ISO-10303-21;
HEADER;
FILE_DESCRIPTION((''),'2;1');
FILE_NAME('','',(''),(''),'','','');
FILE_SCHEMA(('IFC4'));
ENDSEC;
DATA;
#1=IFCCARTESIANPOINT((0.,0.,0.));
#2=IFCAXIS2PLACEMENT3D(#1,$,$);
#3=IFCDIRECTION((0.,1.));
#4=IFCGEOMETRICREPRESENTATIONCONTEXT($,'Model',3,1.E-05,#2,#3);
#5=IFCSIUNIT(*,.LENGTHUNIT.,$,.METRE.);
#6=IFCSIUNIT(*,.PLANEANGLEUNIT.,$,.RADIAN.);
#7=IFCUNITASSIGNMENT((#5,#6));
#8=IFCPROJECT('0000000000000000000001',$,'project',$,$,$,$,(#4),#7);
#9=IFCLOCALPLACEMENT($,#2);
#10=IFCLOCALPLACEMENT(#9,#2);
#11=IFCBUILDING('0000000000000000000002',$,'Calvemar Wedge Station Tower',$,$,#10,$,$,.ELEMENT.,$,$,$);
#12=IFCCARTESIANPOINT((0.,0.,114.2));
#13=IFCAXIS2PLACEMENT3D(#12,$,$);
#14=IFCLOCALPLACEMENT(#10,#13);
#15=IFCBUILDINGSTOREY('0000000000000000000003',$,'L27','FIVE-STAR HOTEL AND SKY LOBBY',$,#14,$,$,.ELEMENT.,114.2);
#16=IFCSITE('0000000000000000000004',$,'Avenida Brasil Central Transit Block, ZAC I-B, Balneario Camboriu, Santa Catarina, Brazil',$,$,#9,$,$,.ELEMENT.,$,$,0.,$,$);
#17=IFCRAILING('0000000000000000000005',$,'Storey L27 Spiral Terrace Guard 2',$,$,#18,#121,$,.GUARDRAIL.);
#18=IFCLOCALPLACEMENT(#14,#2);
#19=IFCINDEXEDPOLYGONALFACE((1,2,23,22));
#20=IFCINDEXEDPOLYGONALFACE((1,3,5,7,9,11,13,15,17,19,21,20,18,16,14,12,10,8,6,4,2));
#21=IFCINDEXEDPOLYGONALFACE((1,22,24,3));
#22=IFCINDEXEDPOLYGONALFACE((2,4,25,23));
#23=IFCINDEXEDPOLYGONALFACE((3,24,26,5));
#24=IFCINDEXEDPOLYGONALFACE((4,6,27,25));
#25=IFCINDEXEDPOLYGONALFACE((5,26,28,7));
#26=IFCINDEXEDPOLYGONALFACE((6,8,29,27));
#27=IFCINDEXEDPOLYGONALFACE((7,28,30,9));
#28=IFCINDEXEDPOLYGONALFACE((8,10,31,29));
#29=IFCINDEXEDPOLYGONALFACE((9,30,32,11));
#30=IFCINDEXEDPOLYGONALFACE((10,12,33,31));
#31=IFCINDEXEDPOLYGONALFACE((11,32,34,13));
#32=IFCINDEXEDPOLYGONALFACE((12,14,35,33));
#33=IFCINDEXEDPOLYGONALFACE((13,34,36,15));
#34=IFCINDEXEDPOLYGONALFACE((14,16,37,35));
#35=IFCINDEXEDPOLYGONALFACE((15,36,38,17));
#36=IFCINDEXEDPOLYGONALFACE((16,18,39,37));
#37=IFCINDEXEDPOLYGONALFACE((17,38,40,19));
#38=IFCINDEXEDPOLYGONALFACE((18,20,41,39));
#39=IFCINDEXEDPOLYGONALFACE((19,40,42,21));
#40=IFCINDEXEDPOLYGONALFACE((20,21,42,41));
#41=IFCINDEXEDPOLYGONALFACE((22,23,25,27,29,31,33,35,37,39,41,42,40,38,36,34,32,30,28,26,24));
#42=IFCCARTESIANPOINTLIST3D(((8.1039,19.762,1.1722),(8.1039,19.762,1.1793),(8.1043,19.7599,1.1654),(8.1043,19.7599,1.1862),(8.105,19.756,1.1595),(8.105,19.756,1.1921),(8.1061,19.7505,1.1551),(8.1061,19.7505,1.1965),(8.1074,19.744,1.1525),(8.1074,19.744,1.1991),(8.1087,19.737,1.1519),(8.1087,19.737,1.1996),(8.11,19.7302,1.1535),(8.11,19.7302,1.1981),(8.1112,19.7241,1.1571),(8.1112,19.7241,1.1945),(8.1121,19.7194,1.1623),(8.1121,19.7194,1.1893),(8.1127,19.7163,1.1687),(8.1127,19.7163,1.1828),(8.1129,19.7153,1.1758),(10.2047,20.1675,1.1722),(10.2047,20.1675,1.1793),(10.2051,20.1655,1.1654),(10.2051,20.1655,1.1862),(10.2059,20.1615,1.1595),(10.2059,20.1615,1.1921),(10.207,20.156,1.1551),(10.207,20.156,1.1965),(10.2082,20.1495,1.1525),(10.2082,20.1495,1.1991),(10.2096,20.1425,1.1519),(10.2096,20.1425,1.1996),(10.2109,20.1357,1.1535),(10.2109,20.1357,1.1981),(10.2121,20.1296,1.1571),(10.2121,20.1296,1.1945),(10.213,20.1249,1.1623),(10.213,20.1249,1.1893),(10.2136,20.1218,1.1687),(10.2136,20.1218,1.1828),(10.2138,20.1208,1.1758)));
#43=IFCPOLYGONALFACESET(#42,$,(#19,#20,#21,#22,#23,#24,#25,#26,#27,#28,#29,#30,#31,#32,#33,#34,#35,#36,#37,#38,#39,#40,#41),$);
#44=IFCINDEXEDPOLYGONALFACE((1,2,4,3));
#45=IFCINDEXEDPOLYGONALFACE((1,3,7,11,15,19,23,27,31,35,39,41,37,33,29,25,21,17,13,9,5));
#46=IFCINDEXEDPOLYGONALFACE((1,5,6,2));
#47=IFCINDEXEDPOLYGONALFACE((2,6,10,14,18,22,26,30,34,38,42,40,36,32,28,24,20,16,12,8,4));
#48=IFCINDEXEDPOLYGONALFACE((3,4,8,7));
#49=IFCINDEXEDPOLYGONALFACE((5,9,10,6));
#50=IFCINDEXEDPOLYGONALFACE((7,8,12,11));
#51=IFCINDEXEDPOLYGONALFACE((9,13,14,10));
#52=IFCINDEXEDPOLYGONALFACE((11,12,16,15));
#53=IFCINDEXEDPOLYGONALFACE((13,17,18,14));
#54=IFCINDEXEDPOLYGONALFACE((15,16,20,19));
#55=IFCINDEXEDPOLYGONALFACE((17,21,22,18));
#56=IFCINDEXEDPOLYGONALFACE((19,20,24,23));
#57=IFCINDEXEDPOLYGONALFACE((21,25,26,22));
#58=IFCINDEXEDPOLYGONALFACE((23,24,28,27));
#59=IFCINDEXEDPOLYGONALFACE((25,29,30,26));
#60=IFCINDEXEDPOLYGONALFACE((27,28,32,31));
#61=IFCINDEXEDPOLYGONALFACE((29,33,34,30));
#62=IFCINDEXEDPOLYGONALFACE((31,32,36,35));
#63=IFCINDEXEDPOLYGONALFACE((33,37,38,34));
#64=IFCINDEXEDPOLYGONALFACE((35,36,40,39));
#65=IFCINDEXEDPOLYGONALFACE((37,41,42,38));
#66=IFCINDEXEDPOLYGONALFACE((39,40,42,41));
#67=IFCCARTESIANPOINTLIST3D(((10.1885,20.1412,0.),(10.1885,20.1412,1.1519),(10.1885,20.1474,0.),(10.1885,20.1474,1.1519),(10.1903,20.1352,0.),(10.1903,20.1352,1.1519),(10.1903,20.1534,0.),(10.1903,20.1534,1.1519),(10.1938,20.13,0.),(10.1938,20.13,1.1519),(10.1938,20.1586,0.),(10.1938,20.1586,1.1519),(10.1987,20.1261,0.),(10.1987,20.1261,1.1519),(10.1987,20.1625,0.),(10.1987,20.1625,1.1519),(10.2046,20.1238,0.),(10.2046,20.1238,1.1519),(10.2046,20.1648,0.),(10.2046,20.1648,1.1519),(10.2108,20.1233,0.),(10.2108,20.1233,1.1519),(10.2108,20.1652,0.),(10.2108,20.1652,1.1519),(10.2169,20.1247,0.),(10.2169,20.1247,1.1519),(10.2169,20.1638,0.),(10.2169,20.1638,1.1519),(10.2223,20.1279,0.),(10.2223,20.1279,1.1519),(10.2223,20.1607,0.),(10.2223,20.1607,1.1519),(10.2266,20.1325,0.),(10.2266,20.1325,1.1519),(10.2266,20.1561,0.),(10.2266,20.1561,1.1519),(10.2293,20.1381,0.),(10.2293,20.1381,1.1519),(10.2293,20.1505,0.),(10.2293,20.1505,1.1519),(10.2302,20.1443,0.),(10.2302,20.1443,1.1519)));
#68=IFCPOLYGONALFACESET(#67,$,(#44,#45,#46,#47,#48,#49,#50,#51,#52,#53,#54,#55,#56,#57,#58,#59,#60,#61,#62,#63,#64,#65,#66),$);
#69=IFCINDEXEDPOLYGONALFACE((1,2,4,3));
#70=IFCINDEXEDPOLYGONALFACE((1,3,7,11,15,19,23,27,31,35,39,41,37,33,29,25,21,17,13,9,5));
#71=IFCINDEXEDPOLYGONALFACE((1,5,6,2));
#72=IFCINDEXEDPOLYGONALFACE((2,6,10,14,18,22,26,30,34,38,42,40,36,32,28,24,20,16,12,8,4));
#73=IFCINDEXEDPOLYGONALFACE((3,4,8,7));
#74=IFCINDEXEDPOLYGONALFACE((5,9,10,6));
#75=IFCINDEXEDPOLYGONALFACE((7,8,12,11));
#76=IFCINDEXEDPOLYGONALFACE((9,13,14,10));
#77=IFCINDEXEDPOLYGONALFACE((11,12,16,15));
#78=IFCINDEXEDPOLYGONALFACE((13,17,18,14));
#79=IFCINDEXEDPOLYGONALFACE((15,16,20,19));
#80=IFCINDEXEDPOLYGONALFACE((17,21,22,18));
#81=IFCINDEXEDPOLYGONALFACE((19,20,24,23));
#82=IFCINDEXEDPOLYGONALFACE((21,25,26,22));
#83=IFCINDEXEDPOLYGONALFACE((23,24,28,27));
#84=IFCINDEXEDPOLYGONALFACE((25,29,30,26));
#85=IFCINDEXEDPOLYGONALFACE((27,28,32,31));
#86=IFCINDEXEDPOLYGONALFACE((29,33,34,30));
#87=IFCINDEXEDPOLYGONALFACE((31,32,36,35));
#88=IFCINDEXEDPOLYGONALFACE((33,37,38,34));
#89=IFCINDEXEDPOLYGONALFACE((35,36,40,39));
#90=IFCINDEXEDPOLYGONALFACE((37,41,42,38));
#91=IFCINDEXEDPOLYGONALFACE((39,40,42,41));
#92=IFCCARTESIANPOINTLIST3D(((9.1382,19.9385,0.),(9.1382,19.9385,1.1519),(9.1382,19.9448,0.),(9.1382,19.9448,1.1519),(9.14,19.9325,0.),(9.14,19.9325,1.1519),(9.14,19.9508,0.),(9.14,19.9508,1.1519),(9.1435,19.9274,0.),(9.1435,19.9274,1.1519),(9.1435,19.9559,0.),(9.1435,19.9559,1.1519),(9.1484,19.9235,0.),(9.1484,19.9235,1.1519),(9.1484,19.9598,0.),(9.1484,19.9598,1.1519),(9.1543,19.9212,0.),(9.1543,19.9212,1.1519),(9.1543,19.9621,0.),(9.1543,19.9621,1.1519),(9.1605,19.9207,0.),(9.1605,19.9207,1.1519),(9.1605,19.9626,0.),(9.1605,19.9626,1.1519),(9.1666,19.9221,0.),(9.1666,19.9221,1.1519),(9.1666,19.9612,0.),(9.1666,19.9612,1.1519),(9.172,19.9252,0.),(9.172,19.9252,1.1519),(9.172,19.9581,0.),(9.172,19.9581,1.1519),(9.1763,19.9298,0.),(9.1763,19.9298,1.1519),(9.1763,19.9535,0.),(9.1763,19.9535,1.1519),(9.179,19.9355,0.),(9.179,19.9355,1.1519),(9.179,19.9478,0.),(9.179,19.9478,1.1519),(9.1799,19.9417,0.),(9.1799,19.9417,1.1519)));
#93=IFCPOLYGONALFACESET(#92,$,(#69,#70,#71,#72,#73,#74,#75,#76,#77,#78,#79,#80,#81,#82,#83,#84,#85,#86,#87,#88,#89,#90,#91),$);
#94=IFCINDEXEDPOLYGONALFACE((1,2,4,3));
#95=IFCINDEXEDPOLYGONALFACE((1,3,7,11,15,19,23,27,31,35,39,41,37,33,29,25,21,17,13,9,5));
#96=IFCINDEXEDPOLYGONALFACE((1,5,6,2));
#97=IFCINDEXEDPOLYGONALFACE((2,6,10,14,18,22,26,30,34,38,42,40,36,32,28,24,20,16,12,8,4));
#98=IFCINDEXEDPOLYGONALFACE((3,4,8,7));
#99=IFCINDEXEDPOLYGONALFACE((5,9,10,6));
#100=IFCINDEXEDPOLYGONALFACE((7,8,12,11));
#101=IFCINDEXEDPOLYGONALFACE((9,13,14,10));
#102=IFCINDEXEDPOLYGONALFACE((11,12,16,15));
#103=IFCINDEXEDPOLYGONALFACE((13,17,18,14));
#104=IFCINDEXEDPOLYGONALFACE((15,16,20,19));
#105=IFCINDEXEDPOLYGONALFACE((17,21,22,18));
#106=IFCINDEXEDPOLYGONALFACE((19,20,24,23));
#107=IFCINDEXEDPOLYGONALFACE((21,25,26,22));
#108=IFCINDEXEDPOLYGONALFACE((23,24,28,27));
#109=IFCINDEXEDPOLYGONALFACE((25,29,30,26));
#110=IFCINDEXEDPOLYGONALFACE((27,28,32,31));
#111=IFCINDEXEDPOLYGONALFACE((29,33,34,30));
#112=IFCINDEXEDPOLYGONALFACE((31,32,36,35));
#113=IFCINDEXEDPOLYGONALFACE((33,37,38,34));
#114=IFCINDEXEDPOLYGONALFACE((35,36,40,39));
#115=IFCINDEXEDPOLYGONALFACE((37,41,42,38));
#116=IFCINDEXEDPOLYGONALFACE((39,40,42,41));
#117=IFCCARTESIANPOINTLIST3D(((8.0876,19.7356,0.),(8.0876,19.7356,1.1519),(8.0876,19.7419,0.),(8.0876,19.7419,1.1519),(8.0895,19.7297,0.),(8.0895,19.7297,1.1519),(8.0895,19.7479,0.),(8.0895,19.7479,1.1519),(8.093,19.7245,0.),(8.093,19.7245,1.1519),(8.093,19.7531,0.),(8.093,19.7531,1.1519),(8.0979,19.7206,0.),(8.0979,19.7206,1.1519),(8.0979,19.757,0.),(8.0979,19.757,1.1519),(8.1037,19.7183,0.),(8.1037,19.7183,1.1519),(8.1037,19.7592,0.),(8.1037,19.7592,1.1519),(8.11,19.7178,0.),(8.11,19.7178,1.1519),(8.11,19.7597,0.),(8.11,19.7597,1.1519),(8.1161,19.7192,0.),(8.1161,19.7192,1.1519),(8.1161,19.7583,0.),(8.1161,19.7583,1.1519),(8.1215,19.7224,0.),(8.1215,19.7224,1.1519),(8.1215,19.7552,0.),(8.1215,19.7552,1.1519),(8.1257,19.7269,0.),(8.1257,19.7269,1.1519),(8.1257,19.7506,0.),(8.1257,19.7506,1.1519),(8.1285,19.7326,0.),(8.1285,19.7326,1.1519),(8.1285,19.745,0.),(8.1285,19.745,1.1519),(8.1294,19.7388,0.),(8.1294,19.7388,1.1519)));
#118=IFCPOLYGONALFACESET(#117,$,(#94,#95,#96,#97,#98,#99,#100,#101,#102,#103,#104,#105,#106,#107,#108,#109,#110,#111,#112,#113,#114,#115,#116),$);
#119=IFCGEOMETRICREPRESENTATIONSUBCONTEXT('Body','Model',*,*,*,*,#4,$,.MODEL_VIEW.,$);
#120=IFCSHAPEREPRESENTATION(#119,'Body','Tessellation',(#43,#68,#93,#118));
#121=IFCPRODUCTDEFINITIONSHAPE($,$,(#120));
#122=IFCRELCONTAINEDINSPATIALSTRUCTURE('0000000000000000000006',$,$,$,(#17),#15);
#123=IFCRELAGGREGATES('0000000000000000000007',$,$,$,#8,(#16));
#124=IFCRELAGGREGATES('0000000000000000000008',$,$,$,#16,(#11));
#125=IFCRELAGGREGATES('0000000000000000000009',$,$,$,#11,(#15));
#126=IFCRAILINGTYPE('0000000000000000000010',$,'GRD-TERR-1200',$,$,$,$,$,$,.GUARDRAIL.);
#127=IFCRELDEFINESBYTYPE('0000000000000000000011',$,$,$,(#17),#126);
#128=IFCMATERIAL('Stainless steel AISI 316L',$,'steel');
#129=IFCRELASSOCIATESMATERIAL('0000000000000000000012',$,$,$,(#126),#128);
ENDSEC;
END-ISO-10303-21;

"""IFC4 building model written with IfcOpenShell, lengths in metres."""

from ifc_helpers import new_model, si_unit, direction, frame, origin, origin_2d, place, context, subcontext, project, spatial, circle, extrude, material, type_object, element, save


model = new_model("IFC4")

# Units and contexts
model_context = context("Model", 3, precision=1e-05, world=origin(), true_north=direction((0.0, 1.0)))
body_context = subcontext(model_context, "Body", "Model", "MODEL_VIEW")
ifc_project = project(units=[si_unit("LENGTHUNIT", "METRE"), si_unit("PLANEANGLEUNIT", "RADIAN")], contexts=[model_context])

# Site, building, storey
site_placement = place(None, origin())
site = spatial("IfcSite", under=ifc_project, at=site_placement, Name="Avenida Brasil Central Transit Block, ZAC I-B, Balneario Camboriu, Santa Catarina, Brazil", CompositionType="ELEMENT", RefElevation=0.0)
building_placement = place(site_placement, origin())
building = spatial("IfcBuilding", under=site, at=building_placement, Name="Calvemar Wedge Station Tower", CompositionType="ELEMENT")
storey_placement = place(building_placement, frame((0.0, 0.0, 114.2)))
storey = spatial("IfcBuildingStorey", under=building, at=storey_placement, Name="L27", Description="FIVE-STAR HOTEL AND SKY LOBBY", CompositionType="ELEMENT", Elevation=114.2)

# Railing
ifc_material_1 = material(Name="Stainless steel AISI 316L", Category="steel")
railing_type = type_object("IfcRailingType", Name="GRD-TERR-1200", PredefinedType="GUARDRAIL", material=ifc_material_1)
railing_1_placement = place(storey_placement, frame((10.2092, 20.1443, 0.0)))
element("IfcRailing", 1, at=railing_1_placement, inside=storey, type_object=railing_type, Name="Storey L27 Spiral Terrace Guard 2", PredefinedType="GUARDRAIL", context=body_context, shape_type="SweptSolid", body=[
    extrude(circle(Radius=0.0239, at=origin_2d()), frame((0.0, 0.0, 1.1758), z_axis=(-0.981875, -0.189529, 0.0), x_axis=(0.189529, -0.981875, 0.0)), (0.0, 0.0, 1.0), 2.1396),
    extrude(circle(Radius=0.021, at=origin_2d()), origin(), (0.0, 0.0, 1.0), 1.1519),
    extrude(circle(Radius=0.021, at=origin_2d()), frame((-1.0503, -0.2026, 0.0)), (0.0, 0.0, 1.0), 1.1519),
    extrude(circle(Radius=0.021, at=origin_2d()), frame((-2.1008, -0.4055, 0.0)), (0.0, 0.0, 1.0), 1.1519),
])

save(model, "model.ifc")
